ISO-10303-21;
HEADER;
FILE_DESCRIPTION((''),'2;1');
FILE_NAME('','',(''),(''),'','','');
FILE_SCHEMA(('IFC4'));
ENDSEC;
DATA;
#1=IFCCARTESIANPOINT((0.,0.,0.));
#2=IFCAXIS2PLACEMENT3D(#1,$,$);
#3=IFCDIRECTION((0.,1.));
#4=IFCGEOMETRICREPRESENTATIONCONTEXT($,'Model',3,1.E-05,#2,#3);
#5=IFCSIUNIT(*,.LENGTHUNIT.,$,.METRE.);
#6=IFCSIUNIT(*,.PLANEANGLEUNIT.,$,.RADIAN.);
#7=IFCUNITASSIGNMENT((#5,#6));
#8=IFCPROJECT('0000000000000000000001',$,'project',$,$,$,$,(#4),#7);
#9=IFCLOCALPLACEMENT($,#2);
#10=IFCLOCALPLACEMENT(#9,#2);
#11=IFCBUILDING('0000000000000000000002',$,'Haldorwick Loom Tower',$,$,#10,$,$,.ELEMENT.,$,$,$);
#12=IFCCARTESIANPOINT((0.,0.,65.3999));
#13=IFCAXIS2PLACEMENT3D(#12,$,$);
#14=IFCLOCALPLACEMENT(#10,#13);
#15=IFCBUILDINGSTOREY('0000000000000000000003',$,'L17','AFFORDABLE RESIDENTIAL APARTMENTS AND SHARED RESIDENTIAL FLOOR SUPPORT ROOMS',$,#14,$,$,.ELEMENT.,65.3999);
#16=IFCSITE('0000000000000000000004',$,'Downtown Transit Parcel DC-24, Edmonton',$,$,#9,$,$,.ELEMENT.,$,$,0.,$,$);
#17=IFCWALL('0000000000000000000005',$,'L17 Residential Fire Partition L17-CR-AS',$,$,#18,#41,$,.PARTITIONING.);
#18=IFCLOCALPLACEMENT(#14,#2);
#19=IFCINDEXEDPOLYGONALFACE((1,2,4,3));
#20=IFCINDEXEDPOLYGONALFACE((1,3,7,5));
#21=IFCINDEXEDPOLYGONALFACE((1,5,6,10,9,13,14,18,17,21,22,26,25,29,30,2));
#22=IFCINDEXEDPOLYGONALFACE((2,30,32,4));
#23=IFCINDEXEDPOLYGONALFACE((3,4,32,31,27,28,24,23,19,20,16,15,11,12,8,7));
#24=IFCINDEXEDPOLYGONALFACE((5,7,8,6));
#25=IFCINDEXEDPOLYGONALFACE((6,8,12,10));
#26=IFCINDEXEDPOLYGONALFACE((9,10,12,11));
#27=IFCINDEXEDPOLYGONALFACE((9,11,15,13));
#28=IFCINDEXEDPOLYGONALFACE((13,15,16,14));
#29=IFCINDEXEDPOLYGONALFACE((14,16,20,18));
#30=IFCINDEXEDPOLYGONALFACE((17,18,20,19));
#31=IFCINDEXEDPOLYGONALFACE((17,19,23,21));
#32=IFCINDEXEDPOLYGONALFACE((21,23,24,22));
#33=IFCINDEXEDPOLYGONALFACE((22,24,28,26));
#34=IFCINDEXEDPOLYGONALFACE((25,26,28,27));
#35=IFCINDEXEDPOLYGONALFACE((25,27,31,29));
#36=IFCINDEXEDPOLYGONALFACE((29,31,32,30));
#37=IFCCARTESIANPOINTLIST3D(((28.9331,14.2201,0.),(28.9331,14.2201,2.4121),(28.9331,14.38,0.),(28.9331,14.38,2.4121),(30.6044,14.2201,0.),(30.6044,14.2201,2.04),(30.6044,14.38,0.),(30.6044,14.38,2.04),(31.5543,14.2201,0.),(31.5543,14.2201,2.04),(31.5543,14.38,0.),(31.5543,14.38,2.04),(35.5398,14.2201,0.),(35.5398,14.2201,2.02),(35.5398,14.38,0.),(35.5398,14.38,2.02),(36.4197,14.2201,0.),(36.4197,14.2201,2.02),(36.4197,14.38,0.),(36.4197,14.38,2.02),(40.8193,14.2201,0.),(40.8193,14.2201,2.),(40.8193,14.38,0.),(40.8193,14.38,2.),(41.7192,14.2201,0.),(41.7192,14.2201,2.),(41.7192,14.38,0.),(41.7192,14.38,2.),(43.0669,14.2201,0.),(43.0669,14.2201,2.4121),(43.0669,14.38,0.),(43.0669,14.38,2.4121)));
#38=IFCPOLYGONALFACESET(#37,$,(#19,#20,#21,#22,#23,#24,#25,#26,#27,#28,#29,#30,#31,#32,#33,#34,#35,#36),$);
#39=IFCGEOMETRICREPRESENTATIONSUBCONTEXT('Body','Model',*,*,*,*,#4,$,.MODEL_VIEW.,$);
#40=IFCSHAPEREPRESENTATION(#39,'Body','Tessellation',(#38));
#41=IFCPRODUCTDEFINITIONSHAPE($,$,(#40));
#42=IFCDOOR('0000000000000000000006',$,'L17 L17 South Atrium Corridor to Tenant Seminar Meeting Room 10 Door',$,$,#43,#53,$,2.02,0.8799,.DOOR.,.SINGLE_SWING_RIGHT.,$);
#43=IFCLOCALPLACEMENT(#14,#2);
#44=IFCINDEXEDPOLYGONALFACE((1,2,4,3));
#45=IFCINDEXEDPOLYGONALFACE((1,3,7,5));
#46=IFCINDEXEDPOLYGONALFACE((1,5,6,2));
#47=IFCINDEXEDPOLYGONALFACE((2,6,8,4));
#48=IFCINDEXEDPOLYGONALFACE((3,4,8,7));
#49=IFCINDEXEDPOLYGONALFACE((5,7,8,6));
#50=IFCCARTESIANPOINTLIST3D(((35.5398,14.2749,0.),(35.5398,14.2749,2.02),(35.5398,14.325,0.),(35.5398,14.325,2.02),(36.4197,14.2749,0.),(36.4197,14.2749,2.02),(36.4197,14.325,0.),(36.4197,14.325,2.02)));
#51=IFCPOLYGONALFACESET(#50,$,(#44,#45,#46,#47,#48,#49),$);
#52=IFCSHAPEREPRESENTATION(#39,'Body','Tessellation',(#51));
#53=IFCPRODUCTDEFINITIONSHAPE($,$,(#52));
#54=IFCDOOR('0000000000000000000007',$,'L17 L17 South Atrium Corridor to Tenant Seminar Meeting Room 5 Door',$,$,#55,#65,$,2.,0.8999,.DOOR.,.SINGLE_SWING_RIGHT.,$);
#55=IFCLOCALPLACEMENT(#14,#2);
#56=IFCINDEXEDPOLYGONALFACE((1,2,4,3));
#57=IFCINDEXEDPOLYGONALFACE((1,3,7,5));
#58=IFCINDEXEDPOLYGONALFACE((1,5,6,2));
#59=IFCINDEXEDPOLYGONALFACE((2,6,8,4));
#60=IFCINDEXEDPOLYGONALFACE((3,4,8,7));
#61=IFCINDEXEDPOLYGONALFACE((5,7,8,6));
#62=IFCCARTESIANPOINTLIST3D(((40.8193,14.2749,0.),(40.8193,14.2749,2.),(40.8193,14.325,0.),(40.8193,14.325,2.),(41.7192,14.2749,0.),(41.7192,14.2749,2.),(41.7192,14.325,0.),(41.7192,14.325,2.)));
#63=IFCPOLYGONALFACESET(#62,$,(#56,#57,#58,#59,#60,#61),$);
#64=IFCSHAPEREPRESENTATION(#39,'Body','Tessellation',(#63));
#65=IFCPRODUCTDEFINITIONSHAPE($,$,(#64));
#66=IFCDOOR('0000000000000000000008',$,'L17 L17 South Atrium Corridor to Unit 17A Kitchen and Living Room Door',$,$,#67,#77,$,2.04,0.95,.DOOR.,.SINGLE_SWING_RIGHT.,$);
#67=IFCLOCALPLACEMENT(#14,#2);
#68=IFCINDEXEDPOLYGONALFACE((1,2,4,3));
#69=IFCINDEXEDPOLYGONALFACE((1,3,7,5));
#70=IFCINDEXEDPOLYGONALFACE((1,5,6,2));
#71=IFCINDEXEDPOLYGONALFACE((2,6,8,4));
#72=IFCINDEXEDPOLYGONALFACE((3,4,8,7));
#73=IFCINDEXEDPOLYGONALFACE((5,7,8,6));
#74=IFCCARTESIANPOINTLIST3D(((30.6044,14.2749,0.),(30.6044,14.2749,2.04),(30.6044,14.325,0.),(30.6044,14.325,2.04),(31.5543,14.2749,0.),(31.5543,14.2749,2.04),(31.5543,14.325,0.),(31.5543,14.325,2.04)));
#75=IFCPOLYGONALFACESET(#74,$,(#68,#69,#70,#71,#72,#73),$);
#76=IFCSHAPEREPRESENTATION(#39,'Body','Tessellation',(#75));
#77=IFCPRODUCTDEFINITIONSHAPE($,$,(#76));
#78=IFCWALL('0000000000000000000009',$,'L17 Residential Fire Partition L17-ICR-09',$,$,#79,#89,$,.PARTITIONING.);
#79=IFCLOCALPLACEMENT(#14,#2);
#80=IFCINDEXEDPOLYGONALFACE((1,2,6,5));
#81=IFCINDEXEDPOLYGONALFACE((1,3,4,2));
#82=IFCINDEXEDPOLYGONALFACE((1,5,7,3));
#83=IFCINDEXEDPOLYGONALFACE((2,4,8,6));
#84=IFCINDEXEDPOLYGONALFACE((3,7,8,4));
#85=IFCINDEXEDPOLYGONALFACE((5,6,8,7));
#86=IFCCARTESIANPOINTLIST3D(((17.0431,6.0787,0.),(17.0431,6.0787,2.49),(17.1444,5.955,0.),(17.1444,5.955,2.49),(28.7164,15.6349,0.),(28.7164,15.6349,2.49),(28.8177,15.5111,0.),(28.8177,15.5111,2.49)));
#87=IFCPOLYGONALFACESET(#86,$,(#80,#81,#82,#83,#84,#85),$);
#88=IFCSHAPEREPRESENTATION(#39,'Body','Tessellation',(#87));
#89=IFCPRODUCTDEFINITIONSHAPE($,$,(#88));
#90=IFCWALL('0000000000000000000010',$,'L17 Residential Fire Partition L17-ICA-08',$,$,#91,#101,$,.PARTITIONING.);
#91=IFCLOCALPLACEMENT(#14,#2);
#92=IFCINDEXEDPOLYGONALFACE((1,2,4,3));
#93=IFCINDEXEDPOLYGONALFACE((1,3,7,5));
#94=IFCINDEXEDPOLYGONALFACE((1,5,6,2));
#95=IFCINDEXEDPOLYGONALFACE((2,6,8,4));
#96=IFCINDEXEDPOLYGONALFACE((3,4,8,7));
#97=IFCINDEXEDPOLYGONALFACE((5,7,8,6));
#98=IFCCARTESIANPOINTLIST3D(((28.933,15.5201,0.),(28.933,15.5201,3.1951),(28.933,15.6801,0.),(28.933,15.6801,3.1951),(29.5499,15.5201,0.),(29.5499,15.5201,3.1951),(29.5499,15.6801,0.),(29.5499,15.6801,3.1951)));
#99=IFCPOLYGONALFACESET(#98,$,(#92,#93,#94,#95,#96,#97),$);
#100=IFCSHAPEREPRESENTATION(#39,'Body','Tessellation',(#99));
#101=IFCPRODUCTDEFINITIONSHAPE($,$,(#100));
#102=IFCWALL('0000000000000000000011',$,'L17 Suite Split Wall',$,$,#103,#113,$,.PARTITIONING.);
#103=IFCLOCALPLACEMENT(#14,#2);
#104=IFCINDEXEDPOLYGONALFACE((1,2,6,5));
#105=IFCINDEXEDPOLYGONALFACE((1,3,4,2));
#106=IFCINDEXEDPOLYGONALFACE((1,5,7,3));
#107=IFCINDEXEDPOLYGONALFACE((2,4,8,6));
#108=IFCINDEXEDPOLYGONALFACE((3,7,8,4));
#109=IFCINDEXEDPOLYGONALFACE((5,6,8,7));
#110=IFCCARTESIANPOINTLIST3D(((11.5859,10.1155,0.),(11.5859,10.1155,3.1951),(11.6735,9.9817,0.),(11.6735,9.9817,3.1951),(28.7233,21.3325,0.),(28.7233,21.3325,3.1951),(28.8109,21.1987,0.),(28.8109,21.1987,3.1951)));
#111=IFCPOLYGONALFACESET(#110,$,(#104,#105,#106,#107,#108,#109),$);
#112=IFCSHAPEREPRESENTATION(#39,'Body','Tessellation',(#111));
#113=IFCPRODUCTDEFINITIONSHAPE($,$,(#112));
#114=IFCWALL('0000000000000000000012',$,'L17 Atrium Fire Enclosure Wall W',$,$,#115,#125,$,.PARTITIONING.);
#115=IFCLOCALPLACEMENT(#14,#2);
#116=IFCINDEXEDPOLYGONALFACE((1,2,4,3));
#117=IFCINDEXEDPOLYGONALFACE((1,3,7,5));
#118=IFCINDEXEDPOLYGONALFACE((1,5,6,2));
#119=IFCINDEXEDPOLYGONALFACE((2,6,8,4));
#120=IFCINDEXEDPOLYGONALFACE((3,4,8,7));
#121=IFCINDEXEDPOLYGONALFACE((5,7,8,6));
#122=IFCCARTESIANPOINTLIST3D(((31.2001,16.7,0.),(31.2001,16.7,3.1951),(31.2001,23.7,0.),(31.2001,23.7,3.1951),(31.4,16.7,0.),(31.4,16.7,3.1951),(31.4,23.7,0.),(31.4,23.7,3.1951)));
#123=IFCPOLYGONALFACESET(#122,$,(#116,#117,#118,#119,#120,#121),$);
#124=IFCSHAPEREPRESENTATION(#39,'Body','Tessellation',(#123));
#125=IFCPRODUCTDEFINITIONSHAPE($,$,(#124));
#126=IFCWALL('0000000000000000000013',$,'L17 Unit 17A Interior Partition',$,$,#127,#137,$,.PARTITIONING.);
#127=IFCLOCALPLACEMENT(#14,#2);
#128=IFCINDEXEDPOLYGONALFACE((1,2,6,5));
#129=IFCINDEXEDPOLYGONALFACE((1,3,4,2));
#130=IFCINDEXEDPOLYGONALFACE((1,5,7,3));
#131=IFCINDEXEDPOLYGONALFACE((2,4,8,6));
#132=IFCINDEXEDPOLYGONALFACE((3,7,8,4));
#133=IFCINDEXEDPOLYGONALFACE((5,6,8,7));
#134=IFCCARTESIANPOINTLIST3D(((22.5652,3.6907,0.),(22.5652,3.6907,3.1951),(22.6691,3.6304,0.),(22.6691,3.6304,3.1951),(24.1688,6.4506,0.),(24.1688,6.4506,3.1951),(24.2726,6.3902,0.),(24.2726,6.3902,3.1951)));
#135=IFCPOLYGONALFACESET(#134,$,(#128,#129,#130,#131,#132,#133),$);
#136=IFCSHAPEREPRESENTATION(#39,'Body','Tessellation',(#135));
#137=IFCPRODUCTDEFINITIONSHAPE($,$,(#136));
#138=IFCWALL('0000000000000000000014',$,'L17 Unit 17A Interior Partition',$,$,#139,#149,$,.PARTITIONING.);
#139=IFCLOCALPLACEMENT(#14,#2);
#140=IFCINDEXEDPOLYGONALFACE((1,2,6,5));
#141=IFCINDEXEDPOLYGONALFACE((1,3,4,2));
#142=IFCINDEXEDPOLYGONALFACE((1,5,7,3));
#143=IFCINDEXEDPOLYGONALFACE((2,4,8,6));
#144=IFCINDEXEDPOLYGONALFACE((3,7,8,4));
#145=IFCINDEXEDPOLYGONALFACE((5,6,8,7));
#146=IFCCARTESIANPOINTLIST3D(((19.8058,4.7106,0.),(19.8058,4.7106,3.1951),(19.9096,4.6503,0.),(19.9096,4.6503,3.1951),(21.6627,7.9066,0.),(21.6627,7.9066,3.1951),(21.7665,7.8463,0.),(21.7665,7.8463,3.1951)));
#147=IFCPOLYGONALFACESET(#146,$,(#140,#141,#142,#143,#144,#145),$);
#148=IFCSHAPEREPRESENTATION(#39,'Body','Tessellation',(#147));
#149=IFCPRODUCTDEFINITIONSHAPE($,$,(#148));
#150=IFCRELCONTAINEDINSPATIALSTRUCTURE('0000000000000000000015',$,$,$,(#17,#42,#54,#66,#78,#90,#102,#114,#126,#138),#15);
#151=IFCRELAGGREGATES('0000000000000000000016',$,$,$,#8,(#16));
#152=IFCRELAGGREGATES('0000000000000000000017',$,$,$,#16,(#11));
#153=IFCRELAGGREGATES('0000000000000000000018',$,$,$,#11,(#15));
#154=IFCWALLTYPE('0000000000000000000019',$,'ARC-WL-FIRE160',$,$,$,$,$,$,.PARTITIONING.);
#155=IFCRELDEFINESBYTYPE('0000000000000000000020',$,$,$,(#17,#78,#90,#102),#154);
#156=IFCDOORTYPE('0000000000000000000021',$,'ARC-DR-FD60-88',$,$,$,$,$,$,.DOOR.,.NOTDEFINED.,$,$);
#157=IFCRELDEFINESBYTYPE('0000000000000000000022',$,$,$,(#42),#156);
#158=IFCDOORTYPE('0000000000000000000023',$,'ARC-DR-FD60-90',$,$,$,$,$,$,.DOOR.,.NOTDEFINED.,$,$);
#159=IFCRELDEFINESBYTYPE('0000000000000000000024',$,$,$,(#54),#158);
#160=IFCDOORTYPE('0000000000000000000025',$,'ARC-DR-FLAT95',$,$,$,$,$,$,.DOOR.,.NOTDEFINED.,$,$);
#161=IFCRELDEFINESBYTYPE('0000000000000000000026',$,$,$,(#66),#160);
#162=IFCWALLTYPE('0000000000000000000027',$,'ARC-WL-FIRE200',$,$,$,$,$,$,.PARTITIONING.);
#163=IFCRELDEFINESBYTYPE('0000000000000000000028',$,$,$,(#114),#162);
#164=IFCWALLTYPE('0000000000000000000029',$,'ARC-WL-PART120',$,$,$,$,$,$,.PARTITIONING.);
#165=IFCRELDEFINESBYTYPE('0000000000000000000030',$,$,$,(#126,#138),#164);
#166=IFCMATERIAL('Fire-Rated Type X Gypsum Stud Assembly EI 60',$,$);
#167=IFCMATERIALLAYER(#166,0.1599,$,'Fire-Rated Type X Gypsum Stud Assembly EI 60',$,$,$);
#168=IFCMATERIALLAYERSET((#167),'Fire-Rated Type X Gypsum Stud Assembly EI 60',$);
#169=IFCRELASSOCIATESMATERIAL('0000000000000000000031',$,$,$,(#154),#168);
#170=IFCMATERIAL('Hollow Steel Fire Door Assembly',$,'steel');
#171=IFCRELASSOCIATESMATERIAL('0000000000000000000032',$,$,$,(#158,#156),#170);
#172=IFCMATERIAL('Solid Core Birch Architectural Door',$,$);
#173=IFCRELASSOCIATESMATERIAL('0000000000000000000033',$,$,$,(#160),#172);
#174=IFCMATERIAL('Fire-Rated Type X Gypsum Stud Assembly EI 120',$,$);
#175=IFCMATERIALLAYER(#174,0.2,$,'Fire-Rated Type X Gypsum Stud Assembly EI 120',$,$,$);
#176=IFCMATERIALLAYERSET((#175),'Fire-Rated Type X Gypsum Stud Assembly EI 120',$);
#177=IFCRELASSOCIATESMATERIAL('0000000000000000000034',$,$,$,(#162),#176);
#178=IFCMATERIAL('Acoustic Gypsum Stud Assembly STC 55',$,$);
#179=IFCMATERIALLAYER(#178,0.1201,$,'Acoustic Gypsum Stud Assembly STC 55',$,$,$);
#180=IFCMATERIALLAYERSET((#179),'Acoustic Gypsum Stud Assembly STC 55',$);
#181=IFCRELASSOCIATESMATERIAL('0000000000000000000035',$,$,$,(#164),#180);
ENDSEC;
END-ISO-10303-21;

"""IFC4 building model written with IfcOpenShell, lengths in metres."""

from ifc_helpers import new_model, si_unit, direction, frame, frame_2d, origin, place, context, subcontext, project, spatial, rectangle, extrude, material, layer, layer_set, type_object, element, fill, save


model = new_model("IFC4")

# Units and contexts
model_context = context("Model", 3, precision=1e-05, world=origin(), true_north=direction((0.0, 1.0)))
body_context = subcontext(model_context, "Body", "Model", "MODEL_VIEW")
ifc_project = project(units=[si_unit("LENGTHUNIT", "METRE"), si_unit("PLANEANGLEUNIT", "RADIAN")], contexts=[model_context])

# Site, building, storey
site_placement = place(None, origin())
site = spatial("IfcSite", under=ifc_project, at=site_placement, Name="Downtown Transit Parcel DC-24, Edmonton", CompositionType="ELEMENT", RefElevation=0.0)
building_placement = place(site_placement, origin())
building = spatial("IfcBuilding", under=site, at=building_placement, Name="Haldorwick Loom Tower", CompositionType="ELEMENT")
storey_placement = place(building_placement, frame((0.0, 0.0, 65.3999)))
storey = spatial("IfcBuildingStorey", under=building, at=storey_placement, Name="L17", Description="AFFORDABLE RESIDENTIAL APARTMENTS AND SHARED RESIDENTIAL FLOOR SUPPORT ROOMS", CompositionType="ELEMENT", Elevation=65.3999)

# Wall, openings, doors
ifc_material_1 = material(Name="Fire-Rated Type X Gypsum Stud Assembly EI 60")
ifc_layer_1 = layer(ifc_material_1, 0.1599, Name="Fire-Rated Type X Gypsum Stud Assembly EI 60")
ifc_layer_set_1 = layer_set([ifc_layer_1], Name="Fire-Rated Type X Gypsum Stud Assembly EI 60")
wall_type_1 = type_object("IfcWallType", Name="ARC-WL-FIRE160", PredefinedType="PARTITIONING", material=ifc_layer_set_1)
ifc_material_2 = material(Name="Hollow Steel Fire Door Assembly", Category="steel")
door_type_1 = type_object("IfcDoorType", Name="ARC-DR-FD60-90", OperationType="NOTDEFINED", PredefinedType="DOOR", material=ifc_material_2)
wall_1_placement = place(storey_placement, frame((28.9331, 14.3, 0.0), z_axis=(0.0, 0.0, 1.0), x_axis=(1.0, 0.0, 0.0)))
wall_1 = element("IfcWall", 1, at=wall_1_placement, inside=storey, type_object=wall_type_1, Name="L17 Residential Fire Partition L17-CR-AS", PredefinedType="PARTITIONING", context=body_context, shape_type="SweptSolid", body=[
    extrude(rectangle(XDim=14.1338, YDim=0.1599, at=frame_2d((7.0669, 0.0))), origin(), (0.0, 0.0, 1.0), 2.4121),
])
opening_1_placement = place(wall_1_placement, frame((6.6067, 0.0, 0.0)))
opening_1 = element("IfcOpeningElement", 2, at=opening_1_placement, cuts=wall_1, PredefinedType="OPENING", context=body_context, shape_type="SweptSolid", body=[
    extrude(rectangle(XDim=0.8799, YDim=2.02, at=frame_2d((0.4399, 1.01))), frame((0.0, 0.0898, 0.0), z_axis=(0.0, -1.0, 0.0), x_axis=(1.0, 0.0, 0.0)), (0.0, 0.0, 1.0), 0.1799),
])
opening_2_placement = place(wall_1_placement, frame((1.6711, 0.0, 0.0)))
opening_2 = element("IfcOpeningElement", 3, at=opening_2_placement, cuts=wall_1, PredefinedType="OPENING", context=body_context, shape_type="SweptSolid", body=[
    extrude(rectangle(XDim=0.95, YDim=2.04, at=frame_2d((0.4751, 1.02))), frame((0.0, 0.0898, 0.0), z_axis=(0.0, -1.0, 0.0), x_axis=(1.0, 0.0, 0.0)), (0.0, 0.0, 1.0), 0.1799),
])
opening_3_placement = place(wall_1_placement, frame((11.8862, 0.0, 0.0)))
opening_3 = element("IfcOpeningElement", 4, at=opening_3_placement, cuts=wall_1, PredefinedType="OPENING", context=body_context, shape_type="SweptSolid", body=[
    extrude(rectangle(XDim=0.8999, YDim=2.0, at=frame_2d((0.45, 1.0))), frame((0.0, 0.0898, 0.0), z_axis=(0.0, -1.0, 0.0), x_axis=(1.0, 0.0, 0.0)), (0.0, 0.0, 1.0), 0.1799),
])
door_type_2 = type_object("IfcDoorType", Name="ARC-DR-FD60-88", OperationType="NOTDEFINED", PredefinedType="DOOR", material=ifc_material_2)
door_1_placement = place(opening_1_placement, origin())
door_1 = element("IfcDoor", 5, at=door_1_placement, inside=storey, type_object=door_type_2, Name="L17 L17 South Atrium Corridor to Tenant Seminar Meeting Room 10 Door", OperationType="SINGLE_SWING_RIGHT", OverallHeight=2.02, OverallWidth=0.8799, PredefinedType="DOOR", context=body_context, shape_type="SweptSolid", body=[
    extrude(rectangle(XDim=0.8799, YDim=2.02, at=frame_2d((0.4399, 1.01))), frame((0.0, 0.0249, 0.0), z_axis=(0.0, -1.0, 0.0), x_axis=(1.0, 0.0, 0.0)), (0.0, 0.0, 1.0), 0.05),
])
fill(opening_1, door_1)
door_2_placement = place(opening_3_placement, origin())
door_2 = element("IfcDoor", 6, at=door_2_placement, inside=storey, type_object=door_type_1, Name="L17 L17 South Atrium Corridor to Tenant Seminar Meeting Room 5 Door", OperationType="SINGLE_SWING_RIGHT", OverallHeight=2.0, OverallWidth=0.8999, PredefinedType="DOOR", context=body_context, shape_type="SweptSolid", body=[
    extrude(rectangle(XDim=0.8999, YDim=2.0, at=frame_2d((0.45, 1.0))), frame((0.0, 0.0249, 0.0), z_axis=(0.0, -1.0, 0.0), x_axis=(1.0, 0.0, 0.0)), (0.0, 0.0, 1.0), 0.05),
])
fill(opening_3, door_2)
ifc_material_3 = material(Name="Solid Core Birch Architectural Door")
door_type_3 = type_object("IfcDoorType", Name="ARC-DR-FLAT95", OperationType="NOTDEFINED", PredefinedType="DOOR", material=ifc_material_3)
door_3_placement = place(opening_2_placement, origin())
door_3 = element("IfcDoor", 7, at=door_3_placement, inside=storey, type_object=door_type_3, Name="L17 L17 South Atrium Corridor to Unit 17A Kitchen and Living Room Door", OperationType="SINGLE_SWING_RIGHT", OverallHeight=2.04, OverallWidth=0.95, PredefinedType="DOOR", context=body_context, shape_type="SweptSolid", body=[
    extrude(rectangle(XDim=0.95, YDim=2.04, at=frame_2d((0.4751, 1.02))), frame((0.0, 0.0249, 0.0), z_axis=(0.0, -1.0, 0.0), x_axis=(1.0, 0.0, 0.0)), (0.0, 0.0, 1.0), 0.05),
])
fill(opening_2, door_3)

# Walls
wall_2_placement = place(storey_placement, frame((28.7671, 15.573, 0.0), z_axis=(0.0, 0.0, 1.0), x_axis=(-0.773787, -0.633446, 0.0)))
element("IfcWall", 8, at=wall_2_placement, inside=storey, type_object=wall_type_1, Name="L17 Residential Fire Partition L17-ICR-09", PredefinedType="PARTITIONING", context=body_context, shape_type="SweptSolid", body=[
    extrude(rectangle(XDim=15.0859, YDim=0.1599, at=frame_2d((7.543, 0.0))), origin(), (0.0, 0.0, 1.0), 2.49),
])
wall_3_placement = place(storey_placement, frame((29.55, 15.6001, 0.0), z_axis=(0.0, 0.0, 1.0), x_axis=(-1.0, 0.0, 0.0)))
element("IfcWall", 9, at=wall_3_placement, inside=storey, type_object=wall_type_1, Name="L17 Residential Fire Partition L17-ICA-08", PredefinedType="PARTITIONING", context=body_context, shape_type="SweptSolid", body=[
    extrude(rectangle(XDim=0.6169, YDim=0.1599, at=frame_2d((0.3086, 0.0))), origin(), (0.0, 0.0, 1.0), 3.1951),
])
wall_4_placement = place(storey_placement, frame((28.7671, 21.2656, 0.0), z_axis=(0.0, 0.0, 1.0), x_axis=(-0.836706, -0.547652, 0.0)))
element("IfcWall", 10, at=wall_4_placement, inside=storey, type_object=wall_type_1, Name="L17 Suite Split Wall", PredefinedType="PARTITIONING", context=body_context, shape_type="SweptSolid", body=[
    extrude(rectangle(XDim=20.4819, YDim=0.1599, at=frame_2d((10.241, 0.0))), origin(), (0.0, 0.0, 1.0), 3.1951),
])
ifc_material_4 = material(Name="Fire-Rated Type X Gypsum Stud Assembly EI 120")
ifc_layer_2 = layer(ifc_material_4, 0.2, Name="Fire-Rated Type X Gypsum Stud Assembly EI 120")
ifc_layer_set_2 = layer_set([ifc_layer_2], Name="Fire-Rated Type X Gypsum Stud Assembly EI 120")
wall_type_2 = type_object("IfcWallType", Name="ARC-WL-FIRE200", PredefinedType="PARTITIONING", material=ifc_layer_set_2)
wall_5_placement = place(storey_placement, frame((31.3, 16.7, 0.0), z_axis=(0.0, 0.0, 1.0), x_axis=(0.0, 1.0, 0.0)))
element("IfcWall", 11, at=wall_5_placement, inside=storey, type_object=wall_type_2, Name="L17 Atrium Fire Enclosure Wall W", PredefinedType="PARTITIONING", context=body_context, shape_type="SweptSolid", body=[
    extrude(rectangle(XDim=7.0, YDim=0.2, at=frame_2d((3.5, 0.0))), origin(), (0.0, 0.0, 1.0), 3.1951),
])
ifc_material_5 = material(Name="Acoustic Gypsum Stud Assembly STC 55")
ifc_layer_3 = layer(ifc_material_5, 0.1201, Name="Acoustic Gypsum Stud Assembly STC 55")
ifc_layer_set_3 = layer_set([ifc_layer_3], Name="Acoustic Gypsum Stud Assembly STC 55")
wall_type_3 = type_object("IfcWallType", Name="ARC-WL-PART120", PredefinedType="PARTITIONING", material=ifc_layer_set_3)
wall_6_placement = place(storey_placement, frame((24.2207, 6.4204, 0.0), z_axis=(0.0, 0.0, 1.0), x_axis=(-0.502386, -0.864643, 0.0)))
element("IfcWall", 12, at=wall_6_placement, inside=storey, type_object=wall_type_3, Name="L17 Unit 17A Interior Partition", PredefinedType="PARTITIONING", context=body_context, shape_type="SweptSolid", body=[
    extrude(rectangle(XDim=3.1919, YDim=0.1201, at=frame_2d((1.5959, 0.0))), origin(), (0.0, 0.0, 1.0), 3.1951),
])
wall_7_placement = place(storey_placement, frame((21.7146, 7.8765, 0.0), z_axis=(0.0, 0.0, 1.0), x_axis=(-0.502371, -0.864652, 0.0)))
element("IfcWall", 13, at=wall_7_placement, inside=storey, type_object=wall_type_3, Name="L17 Unit 17A Interior Partition", PredefinedType="PARTITIONING", context=body_context, shape_type="SweptSolid", body=[
    extrude(rectangle(XDim=3.6963, YDim=0.1201, at=frame_2d((1.8481, 0.0))), origin(), (0.0, 0.0, 1.0), 3.1951),
])

save(model, "model.ifc")
